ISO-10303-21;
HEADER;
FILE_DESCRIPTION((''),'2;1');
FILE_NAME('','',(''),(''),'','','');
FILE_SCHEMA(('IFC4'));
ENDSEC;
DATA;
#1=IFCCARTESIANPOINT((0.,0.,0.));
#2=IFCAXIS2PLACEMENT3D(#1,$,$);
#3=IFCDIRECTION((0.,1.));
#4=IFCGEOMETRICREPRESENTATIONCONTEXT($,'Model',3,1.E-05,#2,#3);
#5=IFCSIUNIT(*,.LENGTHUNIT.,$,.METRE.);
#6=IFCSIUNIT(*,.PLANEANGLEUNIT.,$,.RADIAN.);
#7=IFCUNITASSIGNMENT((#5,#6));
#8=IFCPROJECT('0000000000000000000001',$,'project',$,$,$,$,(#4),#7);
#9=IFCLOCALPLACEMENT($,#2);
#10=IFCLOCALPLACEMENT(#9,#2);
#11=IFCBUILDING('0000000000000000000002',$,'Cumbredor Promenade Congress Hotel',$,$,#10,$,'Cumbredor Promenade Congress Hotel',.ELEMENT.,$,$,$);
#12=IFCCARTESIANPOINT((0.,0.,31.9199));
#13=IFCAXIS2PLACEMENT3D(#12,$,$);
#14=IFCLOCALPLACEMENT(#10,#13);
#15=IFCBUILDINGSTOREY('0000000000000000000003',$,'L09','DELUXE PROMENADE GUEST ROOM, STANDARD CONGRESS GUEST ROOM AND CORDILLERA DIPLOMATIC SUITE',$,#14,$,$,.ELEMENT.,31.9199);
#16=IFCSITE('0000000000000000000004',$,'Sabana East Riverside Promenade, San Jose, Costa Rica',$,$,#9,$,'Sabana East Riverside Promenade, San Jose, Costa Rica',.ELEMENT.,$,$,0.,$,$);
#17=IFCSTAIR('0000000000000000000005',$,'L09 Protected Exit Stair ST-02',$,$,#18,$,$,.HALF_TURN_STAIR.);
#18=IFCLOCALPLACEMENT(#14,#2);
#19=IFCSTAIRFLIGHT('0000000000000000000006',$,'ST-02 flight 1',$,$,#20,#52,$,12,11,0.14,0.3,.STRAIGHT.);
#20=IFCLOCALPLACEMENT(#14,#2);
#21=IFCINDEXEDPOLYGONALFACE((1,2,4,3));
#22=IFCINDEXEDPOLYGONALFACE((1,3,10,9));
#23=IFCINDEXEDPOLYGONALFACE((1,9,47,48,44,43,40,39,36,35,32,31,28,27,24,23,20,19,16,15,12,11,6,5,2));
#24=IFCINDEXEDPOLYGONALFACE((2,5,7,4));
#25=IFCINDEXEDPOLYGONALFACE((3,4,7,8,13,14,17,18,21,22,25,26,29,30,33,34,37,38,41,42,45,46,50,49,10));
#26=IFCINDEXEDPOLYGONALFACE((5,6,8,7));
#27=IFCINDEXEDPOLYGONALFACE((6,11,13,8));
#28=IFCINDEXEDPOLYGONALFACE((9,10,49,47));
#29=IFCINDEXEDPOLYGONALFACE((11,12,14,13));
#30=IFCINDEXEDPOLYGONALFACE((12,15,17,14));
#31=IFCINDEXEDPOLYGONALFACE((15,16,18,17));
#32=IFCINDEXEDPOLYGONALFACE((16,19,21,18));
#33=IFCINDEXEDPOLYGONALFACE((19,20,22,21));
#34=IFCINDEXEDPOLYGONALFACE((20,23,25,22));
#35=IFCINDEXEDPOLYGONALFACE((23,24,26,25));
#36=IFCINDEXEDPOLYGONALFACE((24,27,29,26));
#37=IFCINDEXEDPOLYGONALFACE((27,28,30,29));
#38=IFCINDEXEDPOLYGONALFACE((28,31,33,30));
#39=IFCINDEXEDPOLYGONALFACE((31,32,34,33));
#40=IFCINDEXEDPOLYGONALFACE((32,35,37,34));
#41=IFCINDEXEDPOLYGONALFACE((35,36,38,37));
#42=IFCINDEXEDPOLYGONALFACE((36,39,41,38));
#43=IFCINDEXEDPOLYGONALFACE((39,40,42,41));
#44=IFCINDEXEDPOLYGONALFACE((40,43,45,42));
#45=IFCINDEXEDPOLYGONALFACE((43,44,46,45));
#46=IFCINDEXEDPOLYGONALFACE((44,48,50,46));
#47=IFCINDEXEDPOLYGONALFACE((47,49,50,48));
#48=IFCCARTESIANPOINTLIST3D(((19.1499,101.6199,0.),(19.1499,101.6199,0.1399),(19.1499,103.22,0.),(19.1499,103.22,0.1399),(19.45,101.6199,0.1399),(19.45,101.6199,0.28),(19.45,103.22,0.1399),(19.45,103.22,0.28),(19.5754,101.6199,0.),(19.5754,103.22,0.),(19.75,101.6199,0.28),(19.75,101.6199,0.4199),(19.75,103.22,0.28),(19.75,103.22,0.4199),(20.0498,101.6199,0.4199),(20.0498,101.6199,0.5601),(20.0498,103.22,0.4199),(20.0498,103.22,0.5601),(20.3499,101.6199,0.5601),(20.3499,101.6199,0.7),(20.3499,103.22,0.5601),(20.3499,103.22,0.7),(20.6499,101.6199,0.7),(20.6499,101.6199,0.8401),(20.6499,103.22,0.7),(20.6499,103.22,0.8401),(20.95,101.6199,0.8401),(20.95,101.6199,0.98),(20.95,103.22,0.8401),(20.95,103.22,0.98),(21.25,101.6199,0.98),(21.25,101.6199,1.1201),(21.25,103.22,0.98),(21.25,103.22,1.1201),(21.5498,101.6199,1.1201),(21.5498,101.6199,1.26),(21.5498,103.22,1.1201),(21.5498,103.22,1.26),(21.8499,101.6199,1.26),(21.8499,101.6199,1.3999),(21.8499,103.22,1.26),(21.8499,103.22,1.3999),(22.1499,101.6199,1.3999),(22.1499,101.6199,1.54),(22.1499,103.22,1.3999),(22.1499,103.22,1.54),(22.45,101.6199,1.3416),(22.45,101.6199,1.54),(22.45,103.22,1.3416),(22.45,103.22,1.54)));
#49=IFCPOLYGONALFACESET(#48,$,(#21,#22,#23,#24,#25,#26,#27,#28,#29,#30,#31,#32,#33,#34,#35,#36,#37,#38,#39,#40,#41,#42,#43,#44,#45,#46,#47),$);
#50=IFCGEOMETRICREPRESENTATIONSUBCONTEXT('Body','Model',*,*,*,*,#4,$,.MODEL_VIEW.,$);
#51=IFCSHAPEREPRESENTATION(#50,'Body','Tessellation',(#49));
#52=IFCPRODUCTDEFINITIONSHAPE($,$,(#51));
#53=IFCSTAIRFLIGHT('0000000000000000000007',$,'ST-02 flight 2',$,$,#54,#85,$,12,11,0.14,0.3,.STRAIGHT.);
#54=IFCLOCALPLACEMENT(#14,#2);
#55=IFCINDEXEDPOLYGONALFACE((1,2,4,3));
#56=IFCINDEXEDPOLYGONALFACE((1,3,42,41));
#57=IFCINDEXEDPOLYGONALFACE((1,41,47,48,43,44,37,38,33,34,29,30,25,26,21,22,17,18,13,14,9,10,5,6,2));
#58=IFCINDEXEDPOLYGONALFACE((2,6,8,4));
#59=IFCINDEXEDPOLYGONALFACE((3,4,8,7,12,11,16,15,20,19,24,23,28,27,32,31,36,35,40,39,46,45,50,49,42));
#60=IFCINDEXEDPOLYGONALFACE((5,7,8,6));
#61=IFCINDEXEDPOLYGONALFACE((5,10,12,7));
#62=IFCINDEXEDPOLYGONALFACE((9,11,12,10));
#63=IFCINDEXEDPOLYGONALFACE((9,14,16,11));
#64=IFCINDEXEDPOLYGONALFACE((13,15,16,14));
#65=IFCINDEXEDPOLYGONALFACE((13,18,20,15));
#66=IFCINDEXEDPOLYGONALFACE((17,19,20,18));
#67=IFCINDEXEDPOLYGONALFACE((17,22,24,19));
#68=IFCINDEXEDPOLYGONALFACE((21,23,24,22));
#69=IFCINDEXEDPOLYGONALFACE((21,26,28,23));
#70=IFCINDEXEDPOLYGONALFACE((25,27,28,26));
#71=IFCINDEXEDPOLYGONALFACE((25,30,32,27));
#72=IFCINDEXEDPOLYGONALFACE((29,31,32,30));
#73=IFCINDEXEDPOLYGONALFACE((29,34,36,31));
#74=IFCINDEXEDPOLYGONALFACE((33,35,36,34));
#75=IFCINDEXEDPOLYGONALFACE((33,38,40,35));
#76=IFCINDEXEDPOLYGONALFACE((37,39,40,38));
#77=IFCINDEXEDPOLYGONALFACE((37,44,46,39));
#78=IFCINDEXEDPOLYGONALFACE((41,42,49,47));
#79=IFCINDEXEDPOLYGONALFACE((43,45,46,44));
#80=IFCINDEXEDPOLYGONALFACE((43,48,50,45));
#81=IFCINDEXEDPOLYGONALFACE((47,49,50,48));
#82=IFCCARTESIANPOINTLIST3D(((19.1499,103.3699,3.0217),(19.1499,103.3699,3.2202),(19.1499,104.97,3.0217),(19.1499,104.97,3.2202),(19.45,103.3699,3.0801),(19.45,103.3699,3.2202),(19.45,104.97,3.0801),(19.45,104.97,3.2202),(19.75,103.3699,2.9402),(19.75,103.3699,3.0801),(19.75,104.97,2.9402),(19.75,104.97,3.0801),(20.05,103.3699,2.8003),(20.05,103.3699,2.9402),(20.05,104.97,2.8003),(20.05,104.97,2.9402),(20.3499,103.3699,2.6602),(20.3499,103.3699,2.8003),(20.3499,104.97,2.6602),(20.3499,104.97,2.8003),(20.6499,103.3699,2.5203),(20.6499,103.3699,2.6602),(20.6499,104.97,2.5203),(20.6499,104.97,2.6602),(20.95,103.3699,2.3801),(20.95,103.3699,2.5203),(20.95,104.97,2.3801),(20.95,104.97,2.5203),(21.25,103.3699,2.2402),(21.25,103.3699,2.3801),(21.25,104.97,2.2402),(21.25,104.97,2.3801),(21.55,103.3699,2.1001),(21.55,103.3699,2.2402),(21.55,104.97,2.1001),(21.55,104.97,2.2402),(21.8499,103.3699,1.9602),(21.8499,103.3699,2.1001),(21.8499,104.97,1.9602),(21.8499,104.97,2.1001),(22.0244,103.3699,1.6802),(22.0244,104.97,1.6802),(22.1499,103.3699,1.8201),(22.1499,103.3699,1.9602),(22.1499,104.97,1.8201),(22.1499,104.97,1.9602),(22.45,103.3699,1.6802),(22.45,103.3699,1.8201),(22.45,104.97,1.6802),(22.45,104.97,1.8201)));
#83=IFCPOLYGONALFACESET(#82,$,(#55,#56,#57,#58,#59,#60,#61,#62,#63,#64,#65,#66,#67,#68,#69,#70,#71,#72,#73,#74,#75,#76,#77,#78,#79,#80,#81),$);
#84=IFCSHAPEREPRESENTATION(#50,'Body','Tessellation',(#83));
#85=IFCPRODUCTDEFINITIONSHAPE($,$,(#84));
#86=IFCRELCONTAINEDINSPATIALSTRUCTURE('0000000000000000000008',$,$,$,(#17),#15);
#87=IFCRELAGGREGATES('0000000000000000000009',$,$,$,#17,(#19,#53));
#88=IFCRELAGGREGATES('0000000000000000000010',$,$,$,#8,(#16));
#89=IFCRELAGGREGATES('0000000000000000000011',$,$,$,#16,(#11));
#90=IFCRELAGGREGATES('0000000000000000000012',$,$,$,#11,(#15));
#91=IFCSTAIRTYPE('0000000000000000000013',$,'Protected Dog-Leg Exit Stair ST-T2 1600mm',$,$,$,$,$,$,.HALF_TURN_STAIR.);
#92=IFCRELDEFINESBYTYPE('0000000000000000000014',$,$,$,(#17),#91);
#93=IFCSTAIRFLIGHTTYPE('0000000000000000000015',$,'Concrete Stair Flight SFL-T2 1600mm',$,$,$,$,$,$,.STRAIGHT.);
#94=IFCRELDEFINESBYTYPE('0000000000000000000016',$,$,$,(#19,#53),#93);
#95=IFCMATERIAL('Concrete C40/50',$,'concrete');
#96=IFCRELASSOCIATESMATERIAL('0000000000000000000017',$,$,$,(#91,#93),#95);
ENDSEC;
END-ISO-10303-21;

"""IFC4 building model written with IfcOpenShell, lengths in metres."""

from ifc_helpers import new_model, si_unit, direction, frame, origin, place, context, subcontext, project, spatial, polyline, outline, extrude, material, type_object, element, aggregate, save


model = new_model("IFC4")

# Units and contexts
model_context = context("Model", 3, precision=1e-05, world=origin(), true_north=direction((0.0, 1.0)))
body_context = subcontext(model_context, "Body", "Model", "MODEL_VIEW")
ifc_project = project(units=[si_unit("LENGTHUNIT", "METRE"), si_unit("PLANEANGLEUNIT", "RADIAN")], contexts=[model_context])

# Site, building, storey
site_placement = place(None, origin())
site = spatial("IfcSite", under=ifc_project, at=site_placement, Name="Sabana East Riverside Promenade, San Jose, Costa Rica", LongName="Sabana East Riverside Promenade, San Jose, Costa Rica", CompositionType="ELEMENT", RefElevation=0.0)
building_placement = place(site_placement, origin())
building = spatial("IfcBuilding", under=site, at=building_placement, Name="Cumbredor Promenade Congress Hotel", LongName="Cumbredor Promenade Congress Hotel", CompositionType="ELEMENT")
storey_placement = place(building_placement, frame((0.0, 0.0, 31.9199)))
storey = spatial("IfcBuildingStorey", under=building, at=storey_placement, Name="L09", Description="DELUXE PROMENADE GUEST ROOM, STANDARD CONGRESS GUEST ROOM AND CORDILLERA DIPLOMATIC SUITE", CompositionType="ELEMENT", Elevation=31.9199)

# Shared definitions
ifc_material_1 = material(Name="Concrete C40/50", Category="concrete")

# Stair, stair flights
stair_type = type_object("IfcStairType", Name="Protected Dog-Leg Exit Stair ST-T2 1600mm", PredefinedType="HALF_TURN_STAIR", material=ifc_material_1)
stair_placement = place(storey_placement, origin())
stair = element("IfcStair", 1, at=stair_placement, inside=storey, type_object=stair_type, Name="L09 Protected Exit Stair ST-02", PredefinedType="HALF_TURN_STAIR")
stair_flight_type = type_object("IfcStairFlightType", Name="Concrete Stair Flight SFL-T2 1600mm", PredefinedType="STRAIGHT", material=ifc_material_1)
stair_flight_1_placement = place(storey_placement, frame((19.1499, 102.4199, 0.0), z_axis=(0.0, 0.0, 1.0), x_axis=(1.0, 0.0, 0.0)))
stair_flight_1 = element("IfcStairFlight", 2, at=stair_flight_1_placement, type_object=stair_flight_type, Name="ST-02 flight 1", NumberOfRisers=12, NumberOfTreads=11, PredefinedType="STRAIGHT", RiserHeight=0.14, TreadLength=0.3, context=body_context, shape_type="SweptSolid", body=[
    extrude(outline(polyline([(0.0, 0.0), (0.0, 0.1399), (0.3, 0.1399), (0.3, 0.28), (0.6001, 0.28), (0.6001, 0.4199), (0.8999, 0.4199), (0.8999, 0.5601), (1.2, 0.5601), (1.2, 0.7), (1.5, 0.7), (1.5, 0.8401), (1.8, 0.8401), (1.8, 0.98), (2.1001, 0.98), (2.1001, 1.1201), (2.3999, 1.1201), (2.3999, 1.26), (2.7, 1.26), (2.7, 1.3999), (3.0, 1.3999), (3.0, 1.54), (3.3, 1.54), (3.3, 1.6799), (3.3, 1.3416), (0.4255, 0.0), (0.0, 0.0)])), frame((0.0, 0.8, 0.0), z_axis=(0.0, -1.0, 0.0), x_axis=(1.0, 0.0, 0.0)), (0.0, 0.0, 1.0), 1.6001),
])
stair_flight_2_placement = place(storey_placement, frame((22.45, 104.1699, 1.6802), z_axis=(0.0, 0.0, 1.0), x_axis=(-1.0, 0.0, 0.0)))
stair_flight_2 = element("IfcStairFlight", 3, at=stair_flight_2_placement, type_object=stair_flight_type, Name="ST-02 flight 2", NumberOfRisers=12, NumberOfTreads=11, PredefinedType="STRAIGHT", RiserHeight=0.14, TreadLength=0.3, context=body_context, shape_type="SweptSolid", body=[
    extrude(outline(polyline([(0.0, 0.0), (0.0, 0.1399), (0.3, 0.1399), (0.3, 0.28), (0.6001, 0.28), (0.6001, 0.4199), (0.8999, 0.4199), (0.8999, 0.5601), (1.2, 0.5601), (1.2, 0.7), (1.5, 0.7), (1.5, 0.8401), (1.8, 0.8401), (1.8, 0.98), (2.1001, 0.98), (2.1001, 1.1201), (2.3999, 1.1201), (2.3999, 1.26), (2.7, 1.26), (2.7, 1.3999), (3.0, 1.3999), (3.0, 1.54), (3.3, 1.54), (3.3, 1.6799), (3.3, 1.3416), (0.4255, 0.0), (0.0, 0.0)])), frame((0.0, 0.8, 0.0), z_axis=(0.0, -1.0, 0.0), x_axis=(1.0, 0.0, 0.0)), (0.0, 0.0, 1.0), 1.6001),
])
aggregate(stair, [stair_flight_1, stair_flight_2])

save(model, "model.ifc")
